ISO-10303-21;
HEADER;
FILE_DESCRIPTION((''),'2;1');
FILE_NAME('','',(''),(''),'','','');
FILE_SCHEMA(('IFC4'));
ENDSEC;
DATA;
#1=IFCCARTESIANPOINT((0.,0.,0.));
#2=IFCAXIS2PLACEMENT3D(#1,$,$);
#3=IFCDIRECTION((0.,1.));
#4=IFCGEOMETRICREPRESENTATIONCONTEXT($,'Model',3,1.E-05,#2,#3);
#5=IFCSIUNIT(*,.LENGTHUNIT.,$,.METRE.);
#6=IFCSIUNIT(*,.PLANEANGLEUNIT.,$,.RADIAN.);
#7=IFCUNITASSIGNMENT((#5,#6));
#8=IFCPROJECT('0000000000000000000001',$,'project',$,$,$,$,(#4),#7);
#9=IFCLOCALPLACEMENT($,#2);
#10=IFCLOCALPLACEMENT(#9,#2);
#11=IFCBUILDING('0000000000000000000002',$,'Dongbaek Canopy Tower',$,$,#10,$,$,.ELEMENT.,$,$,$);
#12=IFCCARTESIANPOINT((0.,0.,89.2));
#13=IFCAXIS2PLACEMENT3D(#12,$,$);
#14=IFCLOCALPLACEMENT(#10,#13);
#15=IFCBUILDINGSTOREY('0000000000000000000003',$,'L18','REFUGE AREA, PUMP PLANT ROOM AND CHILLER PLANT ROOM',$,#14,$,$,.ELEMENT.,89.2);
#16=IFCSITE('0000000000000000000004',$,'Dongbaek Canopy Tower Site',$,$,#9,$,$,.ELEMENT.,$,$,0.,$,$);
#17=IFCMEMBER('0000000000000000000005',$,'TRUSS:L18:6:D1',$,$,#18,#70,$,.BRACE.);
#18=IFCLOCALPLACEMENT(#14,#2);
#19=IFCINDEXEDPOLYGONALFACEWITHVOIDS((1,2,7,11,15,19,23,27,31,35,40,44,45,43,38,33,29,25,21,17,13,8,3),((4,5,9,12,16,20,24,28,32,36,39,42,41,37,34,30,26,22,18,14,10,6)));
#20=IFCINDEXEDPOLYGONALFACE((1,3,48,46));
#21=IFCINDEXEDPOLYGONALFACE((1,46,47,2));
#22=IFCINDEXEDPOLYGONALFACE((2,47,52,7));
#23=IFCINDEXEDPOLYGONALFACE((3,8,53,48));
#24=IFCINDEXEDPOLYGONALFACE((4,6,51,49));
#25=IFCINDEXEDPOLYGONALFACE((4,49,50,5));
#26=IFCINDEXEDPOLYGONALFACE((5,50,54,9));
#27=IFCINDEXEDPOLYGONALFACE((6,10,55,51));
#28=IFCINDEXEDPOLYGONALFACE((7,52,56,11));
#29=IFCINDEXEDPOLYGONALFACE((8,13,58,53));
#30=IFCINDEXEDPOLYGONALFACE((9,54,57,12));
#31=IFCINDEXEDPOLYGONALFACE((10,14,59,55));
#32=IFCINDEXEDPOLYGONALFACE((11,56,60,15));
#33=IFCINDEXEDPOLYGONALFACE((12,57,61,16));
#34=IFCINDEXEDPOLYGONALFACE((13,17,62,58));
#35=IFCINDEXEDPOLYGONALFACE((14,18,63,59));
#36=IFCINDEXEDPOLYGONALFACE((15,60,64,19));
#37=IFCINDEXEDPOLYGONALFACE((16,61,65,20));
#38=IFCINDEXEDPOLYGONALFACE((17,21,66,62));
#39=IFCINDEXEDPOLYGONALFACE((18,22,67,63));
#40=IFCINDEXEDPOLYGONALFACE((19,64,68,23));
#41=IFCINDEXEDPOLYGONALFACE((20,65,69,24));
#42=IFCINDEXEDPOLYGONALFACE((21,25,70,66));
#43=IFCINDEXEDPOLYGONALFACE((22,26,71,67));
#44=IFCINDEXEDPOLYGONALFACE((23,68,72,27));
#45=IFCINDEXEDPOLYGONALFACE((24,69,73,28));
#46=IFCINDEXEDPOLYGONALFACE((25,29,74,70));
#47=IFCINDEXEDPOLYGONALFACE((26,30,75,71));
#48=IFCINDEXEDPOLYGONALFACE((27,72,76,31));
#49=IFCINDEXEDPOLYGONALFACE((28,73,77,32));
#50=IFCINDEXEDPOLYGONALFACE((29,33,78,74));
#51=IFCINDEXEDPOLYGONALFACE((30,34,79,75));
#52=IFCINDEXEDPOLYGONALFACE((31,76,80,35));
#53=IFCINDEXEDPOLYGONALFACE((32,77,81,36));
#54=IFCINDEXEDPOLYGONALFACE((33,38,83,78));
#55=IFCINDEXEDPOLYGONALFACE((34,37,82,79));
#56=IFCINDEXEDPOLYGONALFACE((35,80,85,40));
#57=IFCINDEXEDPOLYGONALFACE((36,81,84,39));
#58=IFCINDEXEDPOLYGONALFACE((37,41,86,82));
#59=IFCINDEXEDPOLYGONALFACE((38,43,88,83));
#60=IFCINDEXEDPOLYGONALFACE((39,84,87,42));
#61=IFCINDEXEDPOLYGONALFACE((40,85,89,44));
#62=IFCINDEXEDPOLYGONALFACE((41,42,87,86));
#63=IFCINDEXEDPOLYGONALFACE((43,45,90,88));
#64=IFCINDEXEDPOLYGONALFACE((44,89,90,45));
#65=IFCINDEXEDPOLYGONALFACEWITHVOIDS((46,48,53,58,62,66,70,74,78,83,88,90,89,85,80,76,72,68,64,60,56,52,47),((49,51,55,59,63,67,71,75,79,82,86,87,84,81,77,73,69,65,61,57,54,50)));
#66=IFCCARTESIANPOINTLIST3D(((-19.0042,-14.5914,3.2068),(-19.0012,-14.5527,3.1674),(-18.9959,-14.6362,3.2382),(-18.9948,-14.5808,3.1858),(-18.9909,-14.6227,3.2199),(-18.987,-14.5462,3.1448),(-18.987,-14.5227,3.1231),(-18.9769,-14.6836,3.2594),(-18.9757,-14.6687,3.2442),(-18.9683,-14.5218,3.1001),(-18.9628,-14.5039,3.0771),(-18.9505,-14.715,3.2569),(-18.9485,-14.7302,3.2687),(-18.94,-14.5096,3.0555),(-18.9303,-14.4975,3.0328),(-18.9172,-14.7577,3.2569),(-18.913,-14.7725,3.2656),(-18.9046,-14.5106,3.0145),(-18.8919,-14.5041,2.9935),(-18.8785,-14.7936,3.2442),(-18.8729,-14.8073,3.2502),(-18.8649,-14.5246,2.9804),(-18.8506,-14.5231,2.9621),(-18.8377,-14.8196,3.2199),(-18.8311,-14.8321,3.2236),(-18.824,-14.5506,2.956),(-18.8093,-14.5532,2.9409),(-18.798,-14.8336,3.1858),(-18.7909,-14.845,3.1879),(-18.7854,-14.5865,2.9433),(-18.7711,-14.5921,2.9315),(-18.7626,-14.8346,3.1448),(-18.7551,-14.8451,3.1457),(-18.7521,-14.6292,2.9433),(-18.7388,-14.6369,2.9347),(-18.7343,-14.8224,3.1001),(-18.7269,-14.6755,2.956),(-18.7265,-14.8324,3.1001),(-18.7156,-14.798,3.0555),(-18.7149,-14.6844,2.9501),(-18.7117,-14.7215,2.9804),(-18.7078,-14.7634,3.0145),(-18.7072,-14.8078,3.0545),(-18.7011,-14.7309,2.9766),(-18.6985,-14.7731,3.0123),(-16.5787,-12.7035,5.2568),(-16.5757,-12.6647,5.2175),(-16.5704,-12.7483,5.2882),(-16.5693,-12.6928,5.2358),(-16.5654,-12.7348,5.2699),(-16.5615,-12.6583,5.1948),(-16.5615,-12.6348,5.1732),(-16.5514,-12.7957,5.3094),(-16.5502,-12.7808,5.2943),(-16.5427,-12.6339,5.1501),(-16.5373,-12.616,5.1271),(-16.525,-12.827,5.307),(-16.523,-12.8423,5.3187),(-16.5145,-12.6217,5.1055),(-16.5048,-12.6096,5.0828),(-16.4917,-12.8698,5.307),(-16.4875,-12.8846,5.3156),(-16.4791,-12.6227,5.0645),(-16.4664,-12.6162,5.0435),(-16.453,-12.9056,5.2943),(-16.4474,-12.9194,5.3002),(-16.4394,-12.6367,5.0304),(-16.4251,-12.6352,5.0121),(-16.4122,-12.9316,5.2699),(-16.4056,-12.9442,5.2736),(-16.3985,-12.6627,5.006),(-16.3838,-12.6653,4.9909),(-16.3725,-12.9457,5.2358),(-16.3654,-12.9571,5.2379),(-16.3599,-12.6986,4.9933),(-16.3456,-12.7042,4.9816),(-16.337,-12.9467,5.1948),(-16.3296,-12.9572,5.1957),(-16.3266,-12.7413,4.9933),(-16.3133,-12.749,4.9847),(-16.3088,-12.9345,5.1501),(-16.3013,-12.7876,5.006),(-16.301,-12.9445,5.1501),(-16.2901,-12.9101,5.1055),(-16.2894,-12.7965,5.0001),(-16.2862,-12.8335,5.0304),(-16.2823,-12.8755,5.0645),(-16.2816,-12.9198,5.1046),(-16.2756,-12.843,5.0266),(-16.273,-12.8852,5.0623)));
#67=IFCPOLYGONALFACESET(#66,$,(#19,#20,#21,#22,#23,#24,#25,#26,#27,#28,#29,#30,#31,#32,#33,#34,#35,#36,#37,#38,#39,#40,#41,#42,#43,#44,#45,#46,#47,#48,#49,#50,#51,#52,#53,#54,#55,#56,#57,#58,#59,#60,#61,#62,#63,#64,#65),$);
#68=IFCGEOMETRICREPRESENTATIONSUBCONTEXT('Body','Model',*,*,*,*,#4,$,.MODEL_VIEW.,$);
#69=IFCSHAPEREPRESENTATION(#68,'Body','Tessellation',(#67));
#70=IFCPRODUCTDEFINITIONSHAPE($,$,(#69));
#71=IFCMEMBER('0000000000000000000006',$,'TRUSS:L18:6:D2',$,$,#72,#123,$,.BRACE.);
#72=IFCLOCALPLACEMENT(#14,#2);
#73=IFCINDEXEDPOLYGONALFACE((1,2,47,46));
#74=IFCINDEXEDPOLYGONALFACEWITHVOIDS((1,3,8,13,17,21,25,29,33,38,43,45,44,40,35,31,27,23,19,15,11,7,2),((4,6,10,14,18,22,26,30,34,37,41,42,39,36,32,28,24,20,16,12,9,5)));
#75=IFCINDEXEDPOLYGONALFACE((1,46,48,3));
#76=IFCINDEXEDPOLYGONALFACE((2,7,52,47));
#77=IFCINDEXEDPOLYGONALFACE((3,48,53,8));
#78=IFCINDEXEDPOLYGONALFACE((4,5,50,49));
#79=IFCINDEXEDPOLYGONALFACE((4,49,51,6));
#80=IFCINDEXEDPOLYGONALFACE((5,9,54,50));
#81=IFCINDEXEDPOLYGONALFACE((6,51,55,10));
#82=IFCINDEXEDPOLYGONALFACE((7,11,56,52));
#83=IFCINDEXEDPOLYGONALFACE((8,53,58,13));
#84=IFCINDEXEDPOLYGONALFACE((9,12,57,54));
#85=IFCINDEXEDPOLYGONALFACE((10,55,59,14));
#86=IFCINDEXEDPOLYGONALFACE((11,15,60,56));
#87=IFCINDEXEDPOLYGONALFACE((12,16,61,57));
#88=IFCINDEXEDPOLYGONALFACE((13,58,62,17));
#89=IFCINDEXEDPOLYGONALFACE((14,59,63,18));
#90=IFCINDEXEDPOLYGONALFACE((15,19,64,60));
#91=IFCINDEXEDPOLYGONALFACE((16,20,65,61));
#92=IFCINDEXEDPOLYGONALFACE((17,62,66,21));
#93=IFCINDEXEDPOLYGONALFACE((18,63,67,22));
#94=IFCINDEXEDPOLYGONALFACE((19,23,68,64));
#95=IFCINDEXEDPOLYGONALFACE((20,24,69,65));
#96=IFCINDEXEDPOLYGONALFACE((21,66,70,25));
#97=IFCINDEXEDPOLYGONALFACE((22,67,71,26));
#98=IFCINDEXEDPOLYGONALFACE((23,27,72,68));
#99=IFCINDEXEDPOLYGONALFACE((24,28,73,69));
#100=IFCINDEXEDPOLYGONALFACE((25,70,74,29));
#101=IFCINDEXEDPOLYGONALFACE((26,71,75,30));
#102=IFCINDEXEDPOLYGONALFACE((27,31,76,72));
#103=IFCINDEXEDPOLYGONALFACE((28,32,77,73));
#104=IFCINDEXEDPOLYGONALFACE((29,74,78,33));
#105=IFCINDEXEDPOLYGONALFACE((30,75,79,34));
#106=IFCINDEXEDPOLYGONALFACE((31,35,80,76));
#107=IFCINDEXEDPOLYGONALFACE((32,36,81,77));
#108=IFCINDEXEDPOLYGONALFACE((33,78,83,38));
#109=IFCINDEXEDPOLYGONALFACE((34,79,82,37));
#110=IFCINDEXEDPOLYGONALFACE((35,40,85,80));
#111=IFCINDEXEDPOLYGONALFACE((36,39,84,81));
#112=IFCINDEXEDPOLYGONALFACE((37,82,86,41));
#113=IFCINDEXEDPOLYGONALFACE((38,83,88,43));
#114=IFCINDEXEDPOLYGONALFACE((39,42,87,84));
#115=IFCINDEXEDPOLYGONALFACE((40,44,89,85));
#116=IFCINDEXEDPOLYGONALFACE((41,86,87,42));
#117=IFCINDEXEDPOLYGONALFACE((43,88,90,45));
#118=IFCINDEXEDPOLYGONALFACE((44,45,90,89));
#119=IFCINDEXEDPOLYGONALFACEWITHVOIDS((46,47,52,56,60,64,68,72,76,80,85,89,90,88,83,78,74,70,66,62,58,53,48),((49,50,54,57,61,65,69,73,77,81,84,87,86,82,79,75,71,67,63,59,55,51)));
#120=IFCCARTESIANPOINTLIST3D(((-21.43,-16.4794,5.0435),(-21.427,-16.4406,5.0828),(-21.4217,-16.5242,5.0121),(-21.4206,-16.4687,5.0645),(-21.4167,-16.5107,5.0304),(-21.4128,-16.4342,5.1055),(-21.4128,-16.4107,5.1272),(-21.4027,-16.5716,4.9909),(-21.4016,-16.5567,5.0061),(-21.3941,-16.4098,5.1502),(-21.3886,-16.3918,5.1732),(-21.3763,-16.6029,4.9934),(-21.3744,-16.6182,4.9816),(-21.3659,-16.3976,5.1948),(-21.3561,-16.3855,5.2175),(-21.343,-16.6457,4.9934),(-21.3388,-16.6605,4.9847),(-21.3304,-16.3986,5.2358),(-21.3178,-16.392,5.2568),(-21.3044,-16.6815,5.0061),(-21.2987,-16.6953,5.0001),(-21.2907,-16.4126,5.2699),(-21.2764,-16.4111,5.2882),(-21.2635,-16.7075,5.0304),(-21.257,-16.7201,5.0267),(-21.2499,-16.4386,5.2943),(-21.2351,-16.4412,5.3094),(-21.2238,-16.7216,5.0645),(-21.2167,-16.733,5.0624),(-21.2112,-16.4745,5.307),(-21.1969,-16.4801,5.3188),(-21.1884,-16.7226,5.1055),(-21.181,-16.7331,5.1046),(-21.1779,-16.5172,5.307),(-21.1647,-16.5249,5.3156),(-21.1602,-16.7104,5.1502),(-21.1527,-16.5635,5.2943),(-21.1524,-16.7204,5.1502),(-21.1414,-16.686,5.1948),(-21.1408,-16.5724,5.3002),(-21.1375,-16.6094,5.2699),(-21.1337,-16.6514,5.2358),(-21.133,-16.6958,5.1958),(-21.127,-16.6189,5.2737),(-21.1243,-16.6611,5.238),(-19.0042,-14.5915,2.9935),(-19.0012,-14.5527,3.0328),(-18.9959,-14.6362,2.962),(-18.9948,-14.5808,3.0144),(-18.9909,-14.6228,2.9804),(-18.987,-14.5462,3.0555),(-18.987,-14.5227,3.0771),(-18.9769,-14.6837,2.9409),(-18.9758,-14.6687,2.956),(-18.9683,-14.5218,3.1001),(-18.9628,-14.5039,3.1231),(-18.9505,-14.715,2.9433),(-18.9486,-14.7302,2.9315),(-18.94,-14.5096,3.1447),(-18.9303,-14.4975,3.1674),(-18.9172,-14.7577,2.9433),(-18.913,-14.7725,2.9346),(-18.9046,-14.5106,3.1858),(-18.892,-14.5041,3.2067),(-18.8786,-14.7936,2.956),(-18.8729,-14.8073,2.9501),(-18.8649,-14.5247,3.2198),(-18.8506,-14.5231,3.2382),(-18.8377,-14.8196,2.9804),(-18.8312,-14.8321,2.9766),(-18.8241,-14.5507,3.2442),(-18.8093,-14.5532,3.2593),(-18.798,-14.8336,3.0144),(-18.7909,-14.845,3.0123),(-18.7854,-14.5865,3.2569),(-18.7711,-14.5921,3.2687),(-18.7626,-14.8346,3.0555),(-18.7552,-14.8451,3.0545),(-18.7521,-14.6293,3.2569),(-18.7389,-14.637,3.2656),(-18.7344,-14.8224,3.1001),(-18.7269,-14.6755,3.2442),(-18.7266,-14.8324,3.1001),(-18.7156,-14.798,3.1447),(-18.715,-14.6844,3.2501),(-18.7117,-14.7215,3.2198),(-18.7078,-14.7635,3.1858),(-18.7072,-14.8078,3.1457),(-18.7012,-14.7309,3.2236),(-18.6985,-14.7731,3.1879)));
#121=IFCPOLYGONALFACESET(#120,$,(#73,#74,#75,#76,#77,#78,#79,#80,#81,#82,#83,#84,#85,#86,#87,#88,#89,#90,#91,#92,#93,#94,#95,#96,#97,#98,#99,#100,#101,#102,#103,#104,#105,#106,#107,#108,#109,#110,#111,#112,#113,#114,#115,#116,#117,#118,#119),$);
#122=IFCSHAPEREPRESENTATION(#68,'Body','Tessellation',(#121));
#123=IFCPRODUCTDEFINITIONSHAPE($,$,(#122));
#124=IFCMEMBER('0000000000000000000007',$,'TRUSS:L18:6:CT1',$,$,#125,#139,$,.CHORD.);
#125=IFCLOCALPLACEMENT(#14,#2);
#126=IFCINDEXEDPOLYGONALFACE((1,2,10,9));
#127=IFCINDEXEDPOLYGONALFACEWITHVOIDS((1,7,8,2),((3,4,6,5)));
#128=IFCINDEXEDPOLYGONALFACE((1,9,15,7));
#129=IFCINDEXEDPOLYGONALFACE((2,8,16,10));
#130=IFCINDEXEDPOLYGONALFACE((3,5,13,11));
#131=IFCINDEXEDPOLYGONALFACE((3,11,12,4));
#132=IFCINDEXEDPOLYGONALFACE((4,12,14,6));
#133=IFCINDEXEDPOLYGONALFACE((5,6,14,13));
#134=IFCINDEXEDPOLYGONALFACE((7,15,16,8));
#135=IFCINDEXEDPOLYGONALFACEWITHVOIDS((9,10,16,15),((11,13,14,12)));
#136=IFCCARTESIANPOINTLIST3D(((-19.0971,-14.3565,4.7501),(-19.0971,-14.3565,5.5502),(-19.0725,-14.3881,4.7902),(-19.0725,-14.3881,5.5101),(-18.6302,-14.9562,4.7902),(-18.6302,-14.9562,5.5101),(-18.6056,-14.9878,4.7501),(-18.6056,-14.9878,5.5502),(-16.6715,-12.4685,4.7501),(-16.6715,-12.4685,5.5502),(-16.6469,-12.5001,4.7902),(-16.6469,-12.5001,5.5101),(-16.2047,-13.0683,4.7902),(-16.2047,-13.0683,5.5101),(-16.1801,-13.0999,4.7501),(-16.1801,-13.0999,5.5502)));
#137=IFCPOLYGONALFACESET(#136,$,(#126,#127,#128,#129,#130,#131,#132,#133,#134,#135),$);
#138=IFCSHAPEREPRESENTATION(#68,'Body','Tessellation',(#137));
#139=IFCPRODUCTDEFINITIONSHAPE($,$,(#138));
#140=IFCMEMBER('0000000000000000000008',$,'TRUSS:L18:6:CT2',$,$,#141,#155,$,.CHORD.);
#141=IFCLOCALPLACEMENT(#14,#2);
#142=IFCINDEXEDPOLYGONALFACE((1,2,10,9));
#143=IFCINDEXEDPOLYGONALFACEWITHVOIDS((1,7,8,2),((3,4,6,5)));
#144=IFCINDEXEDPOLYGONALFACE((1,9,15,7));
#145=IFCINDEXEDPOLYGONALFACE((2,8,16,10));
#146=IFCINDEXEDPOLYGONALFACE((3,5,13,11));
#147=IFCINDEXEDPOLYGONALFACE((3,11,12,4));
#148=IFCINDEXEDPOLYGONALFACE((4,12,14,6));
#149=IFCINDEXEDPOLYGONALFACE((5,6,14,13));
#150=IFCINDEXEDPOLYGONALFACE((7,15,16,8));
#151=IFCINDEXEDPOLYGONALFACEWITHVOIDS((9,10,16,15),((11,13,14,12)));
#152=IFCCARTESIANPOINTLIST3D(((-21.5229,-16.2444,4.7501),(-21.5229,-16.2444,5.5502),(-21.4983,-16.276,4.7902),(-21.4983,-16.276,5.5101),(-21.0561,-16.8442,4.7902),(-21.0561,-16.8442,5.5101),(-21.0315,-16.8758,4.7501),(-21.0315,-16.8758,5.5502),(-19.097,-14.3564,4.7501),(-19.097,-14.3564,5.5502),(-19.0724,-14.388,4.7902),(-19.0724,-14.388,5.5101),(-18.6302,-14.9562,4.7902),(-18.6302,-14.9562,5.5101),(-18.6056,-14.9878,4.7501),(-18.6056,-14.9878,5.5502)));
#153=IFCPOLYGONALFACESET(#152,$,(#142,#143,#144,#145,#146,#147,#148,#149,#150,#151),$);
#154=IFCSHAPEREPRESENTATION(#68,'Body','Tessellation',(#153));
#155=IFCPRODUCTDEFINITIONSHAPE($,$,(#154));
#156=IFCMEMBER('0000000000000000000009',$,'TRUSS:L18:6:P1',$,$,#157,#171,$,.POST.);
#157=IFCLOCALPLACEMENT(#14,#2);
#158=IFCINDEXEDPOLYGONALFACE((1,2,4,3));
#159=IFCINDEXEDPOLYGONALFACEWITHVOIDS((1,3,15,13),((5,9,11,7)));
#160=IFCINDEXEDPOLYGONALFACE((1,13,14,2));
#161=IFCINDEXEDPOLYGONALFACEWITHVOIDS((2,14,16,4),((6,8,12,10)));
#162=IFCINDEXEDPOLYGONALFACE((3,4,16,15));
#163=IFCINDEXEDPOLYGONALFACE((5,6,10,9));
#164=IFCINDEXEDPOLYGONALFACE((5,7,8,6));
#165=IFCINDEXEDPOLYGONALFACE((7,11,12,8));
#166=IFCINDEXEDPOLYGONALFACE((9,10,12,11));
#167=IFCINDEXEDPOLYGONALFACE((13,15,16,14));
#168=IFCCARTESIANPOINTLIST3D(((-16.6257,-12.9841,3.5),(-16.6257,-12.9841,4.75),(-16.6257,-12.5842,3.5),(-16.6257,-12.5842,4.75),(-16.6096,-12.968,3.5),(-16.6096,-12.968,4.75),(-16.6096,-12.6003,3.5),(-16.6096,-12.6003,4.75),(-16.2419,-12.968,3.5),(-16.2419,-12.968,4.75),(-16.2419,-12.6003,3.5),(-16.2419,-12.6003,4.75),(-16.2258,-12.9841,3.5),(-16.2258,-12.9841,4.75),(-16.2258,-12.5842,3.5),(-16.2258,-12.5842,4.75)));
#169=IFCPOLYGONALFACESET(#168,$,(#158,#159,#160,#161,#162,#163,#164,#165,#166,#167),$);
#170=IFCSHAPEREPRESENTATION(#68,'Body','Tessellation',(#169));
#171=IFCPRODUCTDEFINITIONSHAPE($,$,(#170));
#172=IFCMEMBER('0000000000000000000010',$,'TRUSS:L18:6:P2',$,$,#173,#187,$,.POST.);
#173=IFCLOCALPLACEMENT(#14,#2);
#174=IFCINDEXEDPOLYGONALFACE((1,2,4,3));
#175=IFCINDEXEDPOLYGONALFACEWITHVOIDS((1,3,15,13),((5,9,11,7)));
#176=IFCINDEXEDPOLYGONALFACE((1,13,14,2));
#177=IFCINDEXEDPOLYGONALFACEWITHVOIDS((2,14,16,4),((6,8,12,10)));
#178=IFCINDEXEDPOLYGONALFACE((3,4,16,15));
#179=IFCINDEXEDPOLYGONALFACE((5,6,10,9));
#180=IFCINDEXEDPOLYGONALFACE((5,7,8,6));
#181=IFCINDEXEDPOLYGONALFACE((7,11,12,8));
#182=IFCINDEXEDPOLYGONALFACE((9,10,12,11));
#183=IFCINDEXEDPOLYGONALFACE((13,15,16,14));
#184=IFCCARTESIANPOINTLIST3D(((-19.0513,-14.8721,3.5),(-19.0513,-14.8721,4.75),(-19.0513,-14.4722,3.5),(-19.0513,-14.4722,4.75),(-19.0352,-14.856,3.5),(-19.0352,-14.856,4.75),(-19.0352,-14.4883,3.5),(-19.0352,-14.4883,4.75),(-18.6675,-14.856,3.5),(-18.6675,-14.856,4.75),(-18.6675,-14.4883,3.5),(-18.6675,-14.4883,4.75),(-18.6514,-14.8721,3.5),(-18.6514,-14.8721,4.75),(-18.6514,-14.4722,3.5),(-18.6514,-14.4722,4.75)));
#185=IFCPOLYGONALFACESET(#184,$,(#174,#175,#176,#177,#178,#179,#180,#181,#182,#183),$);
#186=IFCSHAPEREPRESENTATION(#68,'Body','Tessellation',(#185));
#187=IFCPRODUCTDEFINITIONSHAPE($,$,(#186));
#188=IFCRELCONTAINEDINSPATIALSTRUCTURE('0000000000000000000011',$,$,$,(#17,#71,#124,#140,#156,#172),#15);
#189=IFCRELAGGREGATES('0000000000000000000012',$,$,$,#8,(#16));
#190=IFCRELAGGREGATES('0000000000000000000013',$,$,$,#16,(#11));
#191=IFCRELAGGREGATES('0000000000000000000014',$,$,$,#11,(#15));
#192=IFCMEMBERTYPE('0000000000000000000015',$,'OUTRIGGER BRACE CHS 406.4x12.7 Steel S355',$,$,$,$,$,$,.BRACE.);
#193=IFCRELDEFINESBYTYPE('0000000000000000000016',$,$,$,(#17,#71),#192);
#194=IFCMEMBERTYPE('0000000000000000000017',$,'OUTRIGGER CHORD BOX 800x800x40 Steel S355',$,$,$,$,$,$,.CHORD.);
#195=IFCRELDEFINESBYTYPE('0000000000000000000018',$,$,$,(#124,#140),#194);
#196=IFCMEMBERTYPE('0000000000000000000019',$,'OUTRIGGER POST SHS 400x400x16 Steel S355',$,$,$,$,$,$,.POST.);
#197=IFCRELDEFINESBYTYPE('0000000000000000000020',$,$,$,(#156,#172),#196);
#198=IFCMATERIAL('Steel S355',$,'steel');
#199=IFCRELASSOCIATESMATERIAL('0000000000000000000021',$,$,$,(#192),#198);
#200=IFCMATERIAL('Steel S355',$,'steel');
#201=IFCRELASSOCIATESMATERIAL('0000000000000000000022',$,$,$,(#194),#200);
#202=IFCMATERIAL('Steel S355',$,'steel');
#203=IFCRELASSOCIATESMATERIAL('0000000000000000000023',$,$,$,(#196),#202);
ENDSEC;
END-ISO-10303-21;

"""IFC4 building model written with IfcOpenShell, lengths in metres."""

from ifc_helpers import new_model, si_unit, direction, frame, origin, origin_2d, place, context, subcontext, project, spatial, hollow_rectangle, hollow_circle, extrude, material, material_profile, profile_set, type_object, element, save


model = new_model("IFC4")

# Units and contexts
model_context = context("Model", 3, precision=1e-05, world=origin(), true_north=direction((0.0, 1.0)))
body_context = subcontext(model_context, "Body", "Model", "MODEL_VIEW")
ifc_project = project(units=[si_unit("LENGTHUNIT", "METRE"), si_unit("PLANEANGLEUNIT", "RADIAN")], contexts=[model_context])

# Site, building, storey
site_placement = place(None, origin())
site = spatial("IfcSite", under=ifc_project, at=site_placement, Name="Dongbaek Canopy Tower Site", CompositionType="ELEMENT", RefElevation=0.0)
building_placement = place(site_placement, origin())
building = spatial("IfcBuilding", under=site, at=building_placement, Name="Dongbaek Canopy Tower", CompositionType="ELEMENT")
storey_placement = place(building_placement, frame((0.0, 0.0, 89.2)))
storey = spatial("IfcBuildingStorey", under=building, at=storey_placement, Name="L18", Description="REFUGE AREA, PUMP PLANT ROOM AND CHILLER PLANT ROOM", CompositionType="ELEMENT", Elevation=89.2)

# Members
ifc_material_1 = material(Name="Steel S355", Category="steel")
ifc_material_profile_1 = material_profile(ifc_material_1, hollow_circle(Radius=0.2031, WallThickness=0.0127, at=origin_2d()), Name="OUTRIGGER BRACE CHS 406.4x12.7 Steel S355")
ifc_profile_set_1 = profile_set([ifc_material_profile_1], Name="Steel S355")
member_type_1 = type_object("IfcMemberType", Name="OUTRIGGER BRACE CHS 406.4x12.7 Steel S355", PredefinedType="BRACE", material=ifc_profile_set_1)
member_1_placement = place(storey_placement, frame((-16.4258, -12.7842, 5.1501), z_axis=(-0.656504, -0.510996, -0.554873), x_axis=(0.614227, -0.78913, 0.0)))
element("IfcMember", 1, at=member_1_placement, inside=storey, type_object=member_type_1, Name="TRUSS:L18:6:D1", PredefinedType="BRACE", context=body_context, shape_type="SweptSolid", body=[
    extrude(hollow_circle(Radius=0.2031, WallThickness=0.0127, at=origin_2d()), origin(), (0.0, 0.0, 1.0), 3.6946),
])
member_2_placement = place(storey_placement, frame((-18.8513, -14.6721, 3.1001), z_axis=(-0.656542, -0.510974, 0.554849), x_axis=(0.614188, -0.78916, 0.0)))
element("IfcMember", 2, at=member_2_placement, inside=storey, type_object=member_type_1, Name="TRUSS:L18:6:D2", PredefinedType="BRACE", context=body_context, shape_type="SweptSolid", body=[
    extrude(hollow_circle(Radius=0.2031, WallThickness=0.0127, at=origin_2d()), origin(), (0.0, 0.0, 1.0), 3.6948),
])
ifc_material_2 = material(Name="Steel S355", Category="steel")
ifc_material_profile_2 = material_profile(ifc_material_2, hollow_rectangle(XDim=0.8, YDim=0.8, WallThickness=0.04, at=origin_2d()), Name="OUTRIGGER CHORD BOX 800x800x40 Steel S355")
ifc_profile_set_2 = profile_set([ifc_material_profile_2], Name="Steel S355")
member_type_2 = type_object("IfcMemberType", Name="OUTRIGGER CHORD BOX 800x800x40 Steel S355", PredefinedType="CHORD", material=ifc_profile_set_2)
member_3_placement = place(storey_placement, frame((-16.4258, -12.7842, 5.1501), z_axis=(-0.78913, -0.614227, 0.0), x_axis=(0.614227, -0.78913, 0.0)))
element("IfcMember", 3, at=member_3_placement, inside=storey, type_object=member_type_2, Name="TRUSS:L18:6:CT1", PredefinedType="CHORD", context=body_context, shape_type="SweptSolid", body=[
    extrude(hollow_rectangle(XDim=0.8, YDim=0.8, WallThickness=0.04, at=origin_2d()), origin(), (0.0, 0.0, 1.0), 3.0737),
])
member_4_placement = place(storey_placement, frame((-18.8513, -14.6721, 5.1501), z_axis=(-0.78916, -0.614188, 0.0), x_axis=(0.614188, -0.78916, 0.0)))
element("IfcMember", 4, at=member_4_placement, inside=storey, type_object=member_type_2, Name="TRUSS:L18:6:CT2", PredefinedType="CHORD", context=body_context, shape_type="SweptSolid", body=[
    extrude(hollow_rectangle(XDim=0.8, YDim=0.8, WallThickness=0.04, at=origin_2d()), origin(), (0.0, 0.0, 1.0), 3.074),
])
ifc_material_3 = material(Name="Steel S355", Category="steel")
ifc_material_profile_3 = material_profile(ifc_material_3, hollow_rectangle(XDim=0.3999, YDim=0.3999, WallThickness=0.0161, at=origin_2d()), Name="OUTRIGGER POST SHS 400x400x16 Steel S355")
ifc_profile_set_3 = profile_set([ifc_material_profile_3], Name="Steel S355")
member_type_3 = type_object("IfcMemberType", Name="OUTRIGGER POST SHS 400x400x16 Steel S355", PredefinedType="POST", material=ifc_profile_set_3)
for number, where, z_axis, x_axis, name in (
    (5, (-16.4258, -12.7842, 3.5), (0.0, 0.0, 1.0), (1.0, 0.0, 0.0), "TRUSS:L18:6:P1"),
    (6, (-18.8513, -14.6721, 3.5), (0.0, 0.0, 1.0), (1.0, 0.0, 0.0), "TRUSS:L18:6:P2"),
):
    element("IfcMember", number, at=place(storey_placement, frame(where, z_axis=z_axis, x_axis=x_axis)), inside=storey, type_object=member_type_3, Name=name, PredefinedType="POST", context=body_context, shape_type="SweptSolid", body=[
        extrude(hollow_rectangle(XDim=0.3999, YDim=0.3999, WallThickness=0.0161, at=origin_2d()), origin(), (0.0, 0.0, 1.0), 1.25),
    ])

save(model, "model.ifc")
